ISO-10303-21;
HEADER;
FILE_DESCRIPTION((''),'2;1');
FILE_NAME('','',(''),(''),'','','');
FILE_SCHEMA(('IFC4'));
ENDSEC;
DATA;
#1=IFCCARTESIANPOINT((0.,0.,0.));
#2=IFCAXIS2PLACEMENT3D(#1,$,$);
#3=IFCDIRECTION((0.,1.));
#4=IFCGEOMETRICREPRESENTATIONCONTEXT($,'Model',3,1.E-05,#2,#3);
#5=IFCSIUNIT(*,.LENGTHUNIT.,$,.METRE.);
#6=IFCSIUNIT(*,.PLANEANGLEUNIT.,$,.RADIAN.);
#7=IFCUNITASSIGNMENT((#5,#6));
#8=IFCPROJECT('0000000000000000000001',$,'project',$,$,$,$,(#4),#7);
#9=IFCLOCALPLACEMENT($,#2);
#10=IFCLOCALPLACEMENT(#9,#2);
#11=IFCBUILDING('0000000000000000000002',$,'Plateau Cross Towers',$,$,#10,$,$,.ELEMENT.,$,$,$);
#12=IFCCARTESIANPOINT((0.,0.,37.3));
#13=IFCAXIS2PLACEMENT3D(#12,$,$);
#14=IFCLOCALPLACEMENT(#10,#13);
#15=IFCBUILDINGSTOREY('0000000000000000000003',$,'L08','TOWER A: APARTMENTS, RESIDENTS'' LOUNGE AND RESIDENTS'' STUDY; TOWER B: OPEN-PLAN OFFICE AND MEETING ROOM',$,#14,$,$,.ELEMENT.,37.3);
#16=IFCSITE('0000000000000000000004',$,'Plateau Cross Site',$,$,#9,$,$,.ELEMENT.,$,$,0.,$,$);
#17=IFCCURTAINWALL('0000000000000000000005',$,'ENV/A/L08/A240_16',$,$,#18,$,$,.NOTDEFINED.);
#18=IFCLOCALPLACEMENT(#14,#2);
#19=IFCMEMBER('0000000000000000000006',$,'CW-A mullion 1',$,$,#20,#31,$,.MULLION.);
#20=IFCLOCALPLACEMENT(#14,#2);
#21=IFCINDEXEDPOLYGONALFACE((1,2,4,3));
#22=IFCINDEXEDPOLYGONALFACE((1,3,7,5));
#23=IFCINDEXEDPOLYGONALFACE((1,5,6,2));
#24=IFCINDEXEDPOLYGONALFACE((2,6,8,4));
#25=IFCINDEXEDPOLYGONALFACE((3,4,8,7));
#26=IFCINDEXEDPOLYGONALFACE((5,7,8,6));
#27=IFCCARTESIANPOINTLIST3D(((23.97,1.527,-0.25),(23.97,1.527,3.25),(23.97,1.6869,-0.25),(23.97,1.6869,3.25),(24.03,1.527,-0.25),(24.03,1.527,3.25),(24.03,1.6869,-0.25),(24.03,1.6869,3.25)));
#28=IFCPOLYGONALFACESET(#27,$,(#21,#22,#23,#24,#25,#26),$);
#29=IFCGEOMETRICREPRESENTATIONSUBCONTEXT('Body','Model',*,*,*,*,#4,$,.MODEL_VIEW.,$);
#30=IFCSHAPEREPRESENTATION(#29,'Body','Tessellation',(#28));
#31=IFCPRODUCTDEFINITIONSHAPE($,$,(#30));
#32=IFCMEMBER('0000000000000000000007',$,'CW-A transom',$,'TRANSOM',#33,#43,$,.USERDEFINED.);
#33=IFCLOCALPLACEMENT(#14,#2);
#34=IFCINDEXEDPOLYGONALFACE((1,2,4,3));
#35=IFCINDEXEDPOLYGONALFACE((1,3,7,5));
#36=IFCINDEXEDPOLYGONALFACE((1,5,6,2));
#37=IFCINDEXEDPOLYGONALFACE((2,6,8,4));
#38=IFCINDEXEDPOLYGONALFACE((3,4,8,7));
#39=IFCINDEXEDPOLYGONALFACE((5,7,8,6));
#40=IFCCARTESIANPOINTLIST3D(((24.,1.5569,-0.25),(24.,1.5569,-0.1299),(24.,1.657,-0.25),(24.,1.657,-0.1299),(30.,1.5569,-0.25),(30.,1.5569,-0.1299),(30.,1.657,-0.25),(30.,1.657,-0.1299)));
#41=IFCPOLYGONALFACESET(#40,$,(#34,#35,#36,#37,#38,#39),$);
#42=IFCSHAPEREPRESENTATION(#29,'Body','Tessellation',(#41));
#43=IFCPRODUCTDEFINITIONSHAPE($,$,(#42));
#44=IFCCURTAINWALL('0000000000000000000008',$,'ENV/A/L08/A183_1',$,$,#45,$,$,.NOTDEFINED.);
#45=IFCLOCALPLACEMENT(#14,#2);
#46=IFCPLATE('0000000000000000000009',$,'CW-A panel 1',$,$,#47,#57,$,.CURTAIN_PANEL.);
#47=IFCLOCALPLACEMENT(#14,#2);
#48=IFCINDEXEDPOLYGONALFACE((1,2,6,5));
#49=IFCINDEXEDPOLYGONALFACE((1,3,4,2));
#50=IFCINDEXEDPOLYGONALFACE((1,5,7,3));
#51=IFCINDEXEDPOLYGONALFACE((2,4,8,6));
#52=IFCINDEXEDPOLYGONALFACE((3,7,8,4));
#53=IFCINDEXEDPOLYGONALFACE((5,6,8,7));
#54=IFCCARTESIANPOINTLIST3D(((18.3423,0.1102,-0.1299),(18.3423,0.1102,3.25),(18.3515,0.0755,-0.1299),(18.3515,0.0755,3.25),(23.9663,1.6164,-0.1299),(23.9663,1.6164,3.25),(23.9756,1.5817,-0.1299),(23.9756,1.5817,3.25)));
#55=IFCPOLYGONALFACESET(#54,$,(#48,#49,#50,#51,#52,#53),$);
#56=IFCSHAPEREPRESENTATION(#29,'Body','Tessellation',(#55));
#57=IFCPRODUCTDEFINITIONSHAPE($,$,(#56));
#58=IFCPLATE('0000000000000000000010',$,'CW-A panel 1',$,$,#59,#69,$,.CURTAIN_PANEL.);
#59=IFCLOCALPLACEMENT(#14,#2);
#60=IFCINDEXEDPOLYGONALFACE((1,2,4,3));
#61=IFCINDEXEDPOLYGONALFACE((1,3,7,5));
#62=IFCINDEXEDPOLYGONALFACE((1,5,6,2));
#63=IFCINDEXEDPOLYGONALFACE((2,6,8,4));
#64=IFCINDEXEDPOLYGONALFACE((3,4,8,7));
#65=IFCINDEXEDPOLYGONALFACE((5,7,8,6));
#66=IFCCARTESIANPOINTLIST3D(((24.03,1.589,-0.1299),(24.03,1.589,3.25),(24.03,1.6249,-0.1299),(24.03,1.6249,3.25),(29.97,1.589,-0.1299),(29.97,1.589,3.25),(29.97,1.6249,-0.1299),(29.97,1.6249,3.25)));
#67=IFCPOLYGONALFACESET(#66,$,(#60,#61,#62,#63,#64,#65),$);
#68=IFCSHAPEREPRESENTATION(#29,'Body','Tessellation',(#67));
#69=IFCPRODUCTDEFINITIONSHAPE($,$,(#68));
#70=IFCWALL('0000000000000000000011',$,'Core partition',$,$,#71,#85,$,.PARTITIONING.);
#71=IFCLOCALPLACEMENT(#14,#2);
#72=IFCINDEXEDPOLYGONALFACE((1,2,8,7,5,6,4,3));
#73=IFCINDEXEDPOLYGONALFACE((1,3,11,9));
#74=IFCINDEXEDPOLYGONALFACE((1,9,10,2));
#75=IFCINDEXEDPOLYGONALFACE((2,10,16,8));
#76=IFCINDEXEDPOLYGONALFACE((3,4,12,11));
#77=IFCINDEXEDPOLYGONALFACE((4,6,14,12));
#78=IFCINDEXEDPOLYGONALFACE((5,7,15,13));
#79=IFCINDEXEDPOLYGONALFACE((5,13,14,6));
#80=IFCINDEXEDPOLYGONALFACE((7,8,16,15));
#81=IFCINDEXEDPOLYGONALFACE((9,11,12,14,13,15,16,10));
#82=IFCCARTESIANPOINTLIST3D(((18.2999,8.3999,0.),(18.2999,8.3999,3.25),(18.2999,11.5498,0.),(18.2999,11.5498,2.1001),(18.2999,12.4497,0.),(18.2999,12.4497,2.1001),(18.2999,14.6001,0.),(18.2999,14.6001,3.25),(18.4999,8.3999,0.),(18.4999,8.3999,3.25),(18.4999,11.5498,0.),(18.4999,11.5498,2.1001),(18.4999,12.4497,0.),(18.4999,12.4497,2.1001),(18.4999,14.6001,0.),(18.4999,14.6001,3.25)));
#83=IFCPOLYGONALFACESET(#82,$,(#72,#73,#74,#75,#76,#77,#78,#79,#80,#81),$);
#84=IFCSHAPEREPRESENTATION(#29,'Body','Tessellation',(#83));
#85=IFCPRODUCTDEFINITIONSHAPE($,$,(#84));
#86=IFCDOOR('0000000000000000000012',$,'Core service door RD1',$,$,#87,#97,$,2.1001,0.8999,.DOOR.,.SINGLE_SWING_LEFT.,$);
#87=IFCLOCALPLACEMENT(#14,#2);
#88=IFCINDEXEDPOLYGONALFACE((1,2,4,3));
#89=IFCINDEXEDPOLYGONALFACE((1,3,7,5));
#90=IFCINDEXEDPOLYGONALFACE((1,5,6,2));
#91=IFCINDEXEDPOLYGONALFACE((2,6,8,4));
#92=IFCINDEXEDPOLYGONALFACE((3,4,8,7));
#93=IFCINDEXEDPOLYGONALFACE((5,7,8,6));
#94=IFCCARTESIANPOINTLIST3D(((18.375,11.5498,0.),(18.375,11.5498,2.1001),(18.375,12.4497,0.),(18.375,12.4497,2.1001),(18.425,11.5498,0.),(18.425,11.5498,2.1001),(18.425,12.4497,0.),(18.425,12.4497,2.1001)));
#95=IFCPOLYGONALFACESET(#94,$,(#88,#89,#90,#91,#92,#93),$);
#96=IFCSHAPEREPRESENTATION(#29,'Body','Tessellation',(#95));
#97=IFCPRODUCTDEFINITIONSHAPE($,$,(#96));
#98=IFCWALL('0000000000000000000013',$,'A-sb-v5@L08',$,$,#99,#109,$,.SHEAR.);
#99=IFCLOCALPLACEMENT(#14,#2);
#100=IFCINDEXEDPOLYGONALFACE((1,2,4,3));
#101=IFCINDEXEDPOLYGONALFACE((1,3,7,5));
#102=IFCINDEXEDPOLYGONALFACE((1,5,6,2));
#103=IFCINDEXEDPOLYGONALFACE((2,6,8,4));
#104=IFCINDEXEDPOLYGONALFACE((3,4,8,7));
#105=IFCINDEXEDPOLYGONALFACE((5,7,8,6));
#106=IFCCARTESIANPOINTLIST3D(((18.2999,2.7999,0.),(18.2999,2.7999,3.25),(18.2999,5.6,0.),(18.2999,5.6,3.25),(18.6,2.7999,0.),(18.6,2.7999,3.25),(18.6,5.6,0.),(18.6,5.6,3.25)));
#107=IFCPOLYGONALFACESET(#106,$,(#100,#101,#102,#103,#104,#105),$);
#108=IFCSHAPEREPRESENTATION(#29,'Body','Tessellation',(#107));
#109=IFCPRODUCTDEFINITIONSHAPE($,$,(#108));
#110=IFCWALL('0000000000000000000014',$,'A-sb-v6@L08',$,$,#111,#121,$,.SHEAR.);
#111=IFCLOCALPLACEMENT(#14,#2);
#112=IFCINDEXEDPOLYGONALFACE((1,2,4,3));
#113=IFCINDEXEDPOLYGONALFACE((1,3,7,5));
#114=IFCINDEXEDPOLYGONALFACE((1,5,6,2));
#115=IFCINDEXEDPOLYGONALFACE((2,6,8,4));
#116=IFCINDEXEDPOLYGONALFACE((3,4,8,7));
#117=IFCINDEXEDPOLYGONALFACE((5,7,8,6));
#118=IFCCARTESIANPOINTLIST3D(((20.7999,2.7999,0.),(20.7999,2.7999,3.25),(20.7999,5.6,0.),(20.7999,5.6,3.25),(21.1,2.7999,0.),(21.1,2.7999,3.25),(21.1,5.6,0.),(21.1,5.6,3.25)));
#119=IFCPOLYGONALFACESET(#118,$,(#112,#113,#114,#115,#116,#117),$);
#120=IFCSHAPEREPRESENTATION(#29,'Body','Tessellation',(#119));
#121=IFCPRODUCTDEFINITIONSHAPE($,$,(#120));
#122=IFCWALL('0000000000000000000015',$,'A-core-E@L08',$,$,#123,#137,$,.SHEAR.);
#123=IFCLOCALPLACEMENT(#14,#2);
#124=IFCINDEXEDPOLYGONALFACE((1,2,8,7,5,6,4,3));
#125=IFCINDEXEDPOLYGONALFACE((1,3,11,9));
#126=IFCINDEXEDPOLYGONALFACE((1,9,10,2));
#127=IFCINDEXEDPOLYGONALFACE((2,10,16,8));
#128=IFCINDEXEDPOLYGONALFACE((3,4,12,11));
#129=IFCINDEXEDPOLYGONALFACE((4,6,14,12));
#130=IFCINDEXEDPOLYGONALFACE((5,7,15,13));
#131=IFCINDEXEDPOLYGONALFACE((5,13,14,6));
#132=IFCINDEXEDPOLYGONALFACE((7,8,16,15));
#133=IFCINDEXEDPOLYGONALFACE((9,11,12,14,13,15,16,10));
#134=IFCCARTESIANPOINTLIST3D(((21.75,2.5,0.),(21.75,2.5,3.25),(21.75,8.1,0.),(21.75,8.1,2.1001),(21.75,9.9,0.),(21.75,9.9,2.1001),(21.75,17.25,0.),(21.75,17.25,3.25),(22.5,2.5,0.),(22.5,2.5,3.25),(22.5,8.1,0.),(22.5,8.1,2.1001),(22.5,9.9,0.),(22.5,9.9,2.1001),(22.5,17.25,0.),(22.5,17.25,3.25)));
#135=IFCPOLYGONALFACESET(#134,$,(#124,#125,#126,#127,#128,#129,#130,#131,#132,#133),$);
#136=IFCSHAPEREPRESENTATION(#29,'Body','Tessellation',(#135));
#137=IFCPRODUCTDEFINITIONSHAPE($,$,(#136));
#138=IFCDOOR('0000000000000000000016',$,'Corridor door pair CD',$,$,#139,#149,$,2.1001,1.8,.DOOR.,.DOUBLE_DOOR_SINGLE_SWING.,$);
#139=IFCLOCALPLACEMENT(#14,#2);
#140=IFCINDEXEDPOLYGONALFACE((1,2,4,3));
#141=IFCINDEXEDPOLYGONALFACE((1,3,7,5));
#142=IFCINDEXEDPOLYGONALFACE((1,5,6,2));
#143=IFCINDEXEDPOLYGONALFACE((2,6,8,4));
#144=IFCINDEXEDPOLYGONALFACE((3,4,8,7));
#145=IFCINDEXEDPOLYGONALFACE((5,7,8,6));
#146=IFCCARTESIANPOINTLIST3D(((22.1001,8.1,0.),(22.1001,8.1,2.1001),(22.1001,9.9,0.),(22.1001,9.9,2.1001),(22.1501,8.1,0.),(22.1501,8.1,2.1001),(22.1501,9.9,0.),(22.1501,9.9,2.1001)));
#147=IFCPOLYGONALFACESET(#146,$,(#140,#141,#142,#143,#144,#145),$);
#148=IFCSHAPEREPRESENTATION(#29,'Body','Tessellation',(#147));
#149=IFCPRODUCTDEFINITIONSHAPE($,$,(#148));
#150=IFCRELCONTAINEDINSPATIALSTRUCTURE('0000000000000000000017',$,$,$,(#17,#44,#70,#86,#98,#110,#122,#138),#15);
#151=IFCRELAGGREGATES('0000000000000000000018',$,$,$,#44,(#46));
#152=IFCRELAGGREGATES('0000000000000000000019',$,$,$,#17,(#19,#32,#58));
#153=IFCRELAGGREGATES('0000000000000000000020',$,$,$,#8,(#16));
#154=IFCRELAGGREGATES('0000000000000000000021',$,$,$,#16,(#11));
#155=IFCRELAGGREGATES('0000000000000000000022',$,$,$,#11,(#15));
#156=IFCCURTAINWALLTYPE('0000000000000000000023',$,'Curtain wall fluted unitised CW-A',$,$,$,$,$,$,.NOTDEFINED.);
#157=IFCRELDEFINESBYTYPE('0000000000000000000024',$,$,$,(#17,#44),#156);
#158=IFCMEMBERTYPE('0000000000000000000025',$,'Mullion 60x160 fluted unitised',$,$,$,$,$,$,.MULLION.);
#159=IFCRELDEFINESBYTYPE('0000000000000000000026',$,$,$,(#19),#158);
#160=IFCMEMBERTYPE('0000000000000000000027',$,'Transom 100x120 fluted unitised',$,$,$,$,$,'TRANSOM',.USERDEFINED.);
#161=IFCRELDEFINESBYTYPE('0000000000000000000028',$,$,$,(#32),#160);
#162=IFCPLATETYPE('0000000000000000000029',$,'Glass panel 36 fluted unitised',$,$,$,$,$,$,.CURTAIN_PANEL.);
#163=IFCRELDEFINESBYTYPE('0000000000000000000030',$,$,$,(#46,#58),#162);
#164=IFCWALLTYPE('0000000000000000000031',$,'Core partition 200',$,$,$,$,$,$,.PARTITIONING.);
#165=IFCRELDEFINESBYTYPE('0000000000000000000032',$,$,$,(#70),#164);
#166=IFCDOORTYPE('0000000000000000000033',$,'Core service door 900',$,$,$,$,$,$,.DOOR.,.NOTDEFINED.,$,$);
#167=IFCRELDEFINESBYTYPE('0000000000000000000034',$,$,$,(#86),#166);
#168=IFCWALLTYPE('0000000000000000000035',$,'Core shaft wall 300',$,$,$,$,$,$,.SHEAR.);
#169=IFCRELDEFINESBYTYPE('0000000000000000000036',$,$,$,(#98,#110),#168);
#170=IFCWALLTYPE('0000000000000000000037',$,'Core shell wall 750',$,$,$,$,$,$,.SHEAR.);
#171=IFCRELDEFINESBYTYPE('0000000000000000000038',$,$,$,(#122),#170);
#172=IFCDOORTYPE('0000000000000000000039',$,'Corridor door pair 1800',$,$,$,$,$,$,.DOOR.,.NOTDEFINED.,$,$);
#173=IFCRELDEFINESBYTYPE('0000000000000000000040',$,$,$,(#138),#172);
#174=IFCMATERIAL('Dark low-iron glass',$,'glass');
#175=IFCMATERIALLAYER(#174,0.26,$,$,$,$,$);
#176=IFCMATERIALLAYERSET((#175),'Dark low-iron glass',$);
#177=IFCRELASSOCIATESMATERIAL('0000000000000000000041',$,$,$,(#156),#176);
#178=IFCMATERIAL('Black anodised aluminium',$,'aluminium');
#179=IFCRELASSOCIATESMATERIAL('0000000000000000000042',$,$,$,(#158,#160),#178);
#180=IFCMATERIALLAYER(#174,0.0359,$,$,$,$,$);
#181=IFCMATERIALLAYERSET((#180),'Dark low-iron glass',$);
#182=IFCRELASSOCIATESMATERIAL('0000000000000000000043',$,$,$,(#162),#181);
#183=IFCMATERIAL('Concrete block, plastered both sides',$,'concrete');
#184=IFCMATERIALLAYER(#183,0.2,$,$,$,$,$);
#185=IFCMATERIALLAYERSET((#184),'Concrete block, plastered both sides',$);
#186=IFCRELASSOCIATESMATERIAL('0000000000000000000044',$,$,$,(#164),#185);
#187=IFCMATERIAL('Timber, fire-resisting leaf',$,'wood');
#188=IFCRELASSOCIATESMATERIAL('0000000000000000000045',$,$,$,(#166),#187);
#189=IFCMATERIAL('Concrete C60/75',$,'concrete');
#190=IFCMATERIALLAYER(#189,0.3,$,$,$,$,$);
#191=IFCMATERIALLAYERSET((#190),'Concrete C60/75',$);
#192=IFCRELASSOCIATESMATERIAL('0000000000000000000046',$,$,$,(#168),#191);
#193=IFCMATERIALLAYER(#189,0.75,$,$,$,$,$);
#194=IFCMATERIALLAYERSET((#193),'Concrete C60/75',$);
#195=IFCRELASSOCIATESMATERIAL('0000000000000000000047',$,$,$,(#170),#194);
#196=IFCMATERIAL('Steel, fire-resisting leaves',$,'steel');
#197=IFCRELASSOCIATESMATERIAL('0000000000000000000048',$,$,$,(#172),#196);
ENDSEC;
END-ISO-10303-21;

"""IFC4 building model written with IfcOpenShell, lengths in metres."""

from ifc_helpers import new_model, si_unit, direction, frame, frame_2d, origin, origin_2d, place, context, subcontext, project, spatial, rectangle, extrude, material, layer, layer_set, material_profile, profile_set, type_object, element, fill, aggregate, save


model = new_model("IFC4")

# Units and contexts
model_context = context("Model", 3, precision=1e-05, world=origin(), true_north=direction((0.0, 1.0)))
body_context = subcontext(model_context, "Body", "Model", "MODEL_VIEW")
ifc_project = project(units=[si_unit("LENGTHUNIT", "METRE"), si_unit("PLANEANGLEUNIT", "RADIAN")], contexts=[model_context])

# Site, building, storey
site_placement = place(None, origin())
site = spatial("IfcSite", under=ifc_project, at=site_placement, Name="Plateau Cross Site", CompositionType="ELEMENT", RefElevation=0.0)
building_placement = place(site_placement, origin())
building = spatial("IfcBuilding", under=site, at=building_placement, Name="Plateau Cross Towers", CompositionType="ELEMENT")
storey_placement = place(building_placement, frame((0.0, 0.0, 37.3)))
storey = spatial("IfcBuildingStorey", under=building, at=storey_placement, Name="L08", Description="TOWER A: APARTMENTS, RESIDENTS' LOUNGE AND RESIDENTS' STUDY; TOWER B: OPEN-PLAN OFFICE AND MEETING ROOM", CompositionType="ELEMENT", Elevation=37.3)

# Curtain wall, members
ifc_material_1 = material(Name="Dark low-iron glass", Category="glass")
ifc_layer_1 = layer(ifc_material_1, 0.26)
ifc_layer_set_1 = layer_set([ifc_layer_1], Name="Dark low-iron glass")
curtain_wall_type = type_object("IfcCurtainWallType", Name="Curtain wall fluted unitised CW-A", PredefinedType="NOTDEFINED", material=ifc_layer_set_1)
curtain_wall_1_placement = place(storey_placement, origin())
curtain_wall_1 = element("IfcCurtainWall", 1, at=curtain_wall_1_placement, inside=storey, type_object=curtain_wall_type, Name="ENV/A/L08/A240_16", PredefinedType="NOTDEFINED")
ifc_material_2 = material(Name="Black anodised aluminium", Category="aluminium")
ifc_material_profile_1 = material_profile(ifc_material_2, rectangle(XDim=0.0601, YDim=0.1599, at=origin_2d()), Name="MULLION 60x160")
ifc_profile_set_1 = profile_set([ifc_material_profile_1], Name="Black anodised aluminium")
member_type_1 = type_object("IfcMemberType", Name="Mullion 60x160 fluted unitised", PredefinedType="MULLION", material=ifc_profile_set_1)
member_1_placement = place(storey_placement, frame((24.0, 1.6069, -0.25), z_axis=(0.0, 0.0, 1.0), x_axis=(1.0, 0.0, 0.0)))
member_1 = element("IfcMember", 2, at=member_1_placement, type_object=member_type_1, Name="CW-A mullion 1", PredefinedType="MULLION", context=body_context, shape_type="SweptSolid", body=[
    extrude(rectangle(XDim=0.0601, YDim=0.1599, at=origin_2d()), origin(), (0.0, 0.0, 1.0), 3.5),
])
ifc_material_profile_2 = material_profile(ifc_material_2, rectangle(XDim=0.1001, YDim=0.1201, at=origin_2d()), Name="TRANSOM 100x120")
ifc_profile_set_2 = profile_set([ifc_material_profile_2], Name="Black anodised aluminium")
member_type_2 = type_object("IfcMemberType", Name="Transom 100x120 fluted unitised", ElementType="TRANSOM", PredefinedType="USERDEFINED", material=ifc_profile_set_2)
member_2_placement = place(storey_placement, frame((24.0, 1.6069, -0.1899), z_axis=(1.0, 0.0, 0.0), x_axis=(0.0, 1.0, 0.0)))
member_2 = element("IfcMember", 3, at=member_2_placement, type_object=member_type_2, Name="CW-A transom", ObjectType="TRANSOM", PredefinedType="USERDEFINED", context=body_context, shape_type="SweptSolid", body=[
    extrude(rectangle(XDim=0.1001, YDim=0.1201, at=origin_2d()), origin(), (0.0, 0.0, 1.0), 6.0),
])

# Curtain wall, plate
curtain_wall_2_placement = place(storey_placement, origin())
curtain_wall_2 = element("IfcCurtainWall", 4, at=curtain_wall_2_placement, inside=storey, type_object=curtain_wall_type, Name="ENV/A/L08/A183_1", PredefinedType="NOTDEFINED")
ifc_layer_2 = layer(ifc_material_1, 0.0359)
ifc_layer_set_2 = layer_set([ifc_layer_2], Name="Dark low-iron glass")
plate_type = type_object("IfcPlateType", Name="Glass panel 36 fluted unitised", PredefinedType="CURTAIN_PANEL", material=ifc_layer_set_2)
plate_1_placement = place(storey_placement, frame((21.1589, 0.8459, -0.1299), z_axis=(0.0, 0.0, 1.0), x_axis=(0.965958, 0.258699, 0.0)))
plate_1 = element("IfcPlate", 5, at=plate_1_placement, type_object=plate_type, Name="CW-A panel 1", PredefinedType="CURTAIN_PANEL", context=body_context, shape_type="SweptSolid", body=[
    extrude(rectangle(XDim=5.8223, YDim=0.0359, at=origin_2d()), origin(), (0.0, 0.0, 1.0), 3.3799),
])
aggregate(curtain_wall_2, [plate_1])

# Plate
plate_2_placement = place(storey_placement, frame((27.0, 1.6069, -0.1299), z_axis=(0.0, 0.0, 1.0), x_axis=(1.0, 0.0, 0.0)))
plate_2 = element("IfcPlate", 6, at=plate_2_placement, type_object=plate_type, Name="CW-A panel 1", PredefinedType="CURTAIN_PANEL", context=body_context, shape_type="SweptSolid", body=[
    extrude(rectangle(XDim=5.9399, YDim=0.0359, at=origin_2d()), origin(), (0.0, 0.0, 1.0), 3.3799),
])
aggregate(curtain_wall_1, [member_1, member_2, plate_2])

# Wall, opening, door
ifc_material_3 = material(Name="Concrete block, plastered both sides", Category="concrete")
ifc_layer_3 = layer(ifc_material_3, 0.2)
ifc_layer_set_3 = layer_set([ifc_layer_3], Name="Concrete block, plastered both sides")
wall_type_1 = type_object("IfcWallType", Name="Core partition 200", PredefinedType="PARTITIONING", material=ifc_layer_set_3)
wall_1_placement = place(storey_placement, frame((18.3999, 8.3999, 0.0), z_axis=(0.0, 0.0, 1.0), x_axis=(0.0, 1.0, 0.0)))
wall_1 = element("IfcWall", 7, at=wall_1_placement, inside=storey, type_object=wall_type_1, Name="Core partition", PredefinedType="PARTITIONING", context=body_context, shape_type="SweptSolid", body=[
    extrude(rectangle(XDim=6.2002, YDim=0.2, at=frame_2d((3.1001, 0.0))), origin(), (0.0, 0.0, 1.0), 3.25),
])
opening_1_placement = place(wall_1_placement, frame((3.1499, 0.0, 0.0)))
opening_1 = element("IfcOpeningElement", 8, at=opening_1_placement, cuts=wall_1, PredefinedType="OPENING", context=body_context, shape_type="SweptSolid", body=[
    extrude(rectangle(XDim=0.8999, YDim=2.1001, at=frame_2d((0.45, 1.05))), frame((0.0, 0.1099, 0.0), z_axis=(0.0, -1.0, 0.0), x_axis=(1.0, 0.0, 0.0)), (0.0, 0.0, 1.0), 0.22),
])
ifc_material_4 = material(Name="Timber, fire-resisting leaf", Category="wood")
door_type_1 = type_object("IfcDoorType", Name="Core service door 900", OperationType="NOTDEFINED", PredefinedType="DOOR", material=ifc_material_4)
door_1_placement = place(opening_1_placement, origin())
door_1 = element("IfcDoor", 9, at=door_1_placement, inside=storey, type_object=door_type_1, Name="Core service door RD1", OperationType="SINGLE_SWING_LEFT", OverallHeight=2.1001, OverallWidth=0.8999, PredefinedType="DOOR", context=body_context, shape_type="SweptSolid", body=[
    extrude(rectangle(XDim=0.8999, YDim=2.1001, at=frame_2d((0.45, 1.05))), frame((0.0, 0.0249, 0.0), z_axis=(0.0, -1.0, 0.0), x_axis=(1.0, 0.0, 0.0)), (0.0, 0.0, 1.0), 0.05),
])
fill(opening_1, door_1)

# Walls
ifc_material_5 = material(Name="Concrete C60/75", Category="concrete")
ifc_layer_4 = layer(ifc_material_5, 0.3)
ifc_layer_set_4 = layer_set([ifc_layer_4], Name="Concrete C60/75")
wall_type_2 = type_object("IfcWallType", Name="Core shaft wall 300", PredefinedType="SHEAR", material=ifc_layer_set_4)
for number, where, z_axis, x_axis, name in (
    (10, (18.45, 2.8, 0.0), (0.0, 0.0, 1.0), (0.0, 1.0, 0.0), "A-sb-v5@L08"),
    (11, (20.95, 2.8, 0.0), (0.0, 0.0, 1.0), (0.0, 1.0, 0.0), "A-sb-v6@L08"),
):
    element("IfcWall", number, at=place(storey_placement, frame(where, z_axis=z_axis, x_axis=x_axis)), inside=storey, type_object=wall_type_2, Name=name, PredefinedType="SHEAR", context=body_context, shape_type="SweptSolid", body=[
        extrude(rectangle(XDim=2.8, YDim=0.3, at=frame_2d((1.3999, 0.0))), origin(), (0.0, 0.0, 1.0), 3.25),
    ])

# Wall, opening, door
ifc_layer_5 = layer(ifc_material_5, 0.75)
ifc_layer_set_5 = layer_set([ifc_layer_5], Name="Concrete C60/75")
wall_type_3 = type_object("IfcWallType", Name="Core shell wall 750", PredefinedType="SHEAR", material=ifc_layer_set_5)
wall_2_placement = place(storey_placement, frame((22.125, 2.5, 0.0), z_axis=(0.0, 0.0, 1.0), x_axis=(0.0, 1.0, 0.0)))
wall_2 = element("IfcWall", 12, at=wall_2_placement, inside=storey, type_object=wall_type_3, Name="A-core-E@L08", PredefinedType="SHEAR", context=body_context, shape_type="SweptSolid", body=[
    extrude(rectangle(XDim=14.75, YDim=0.75, at=frame_2d((7.375, 0.0))), origin(), (0.0, 0.0, 1.0), 3.25),
])
opening_2_placement = place(wall_2_placement, frame((5.6001, 0.0, 0.0)))
opening_2 = element("IfcOpeningElement", 13, at=opening_2_placement, cuts=wall_2, PredefinedType="OPENING", context=body_context, shape_type="SweptSolid", body=[
    extrude(rectangle(XDim=1.8, YDim=2.1001, at=frame_2d((0.8999, 1.05))), frame((0.0, 0.385, 0.0), z_axis=(0.0, -1.0, 0.0), x_axis=(1.0, 0.0, 0.0)), (0.0, 0.0, 1.0), 0.77),
])
ifc_material_6 = material(Name="Steel, fire-resisting leaves", Category="steel")
door_type_2 = type_object("IfcDoorType", Name="Corridor door pair 1800", OperationType="NOTDEFINED", PredefinedType="DOOR", material=ifc_material_6)
door_2_placement = place(opening_2_placement, origin())
door_2 = element("IfcDoor", 14, at=door_2_placement, inside=storey, type_object=door_type_2, Name="Corridor door pair CD", OperationType="DOUBLE_DOOR_SINGLE_SWING", OverallHeight=2.1001, OverallWidth=1.8, PredefinedType="DOOR", context=body_context, shape_type="SweptSolid", body=[
    extrude(rectangle(XDim=1.8, YDim=2.1001, at=frame_2d((0.8999, 1.05))), frame((0.0, 0.0249, 0.0), z_axis=(0.0, -1.0, 0.0), x_axis=(1.0, 0.0, 0.0)), (0.0, 0.0, 1.0), 0.05),
])
fill(opening_2, door_2)

save(model, "model.ifc")
